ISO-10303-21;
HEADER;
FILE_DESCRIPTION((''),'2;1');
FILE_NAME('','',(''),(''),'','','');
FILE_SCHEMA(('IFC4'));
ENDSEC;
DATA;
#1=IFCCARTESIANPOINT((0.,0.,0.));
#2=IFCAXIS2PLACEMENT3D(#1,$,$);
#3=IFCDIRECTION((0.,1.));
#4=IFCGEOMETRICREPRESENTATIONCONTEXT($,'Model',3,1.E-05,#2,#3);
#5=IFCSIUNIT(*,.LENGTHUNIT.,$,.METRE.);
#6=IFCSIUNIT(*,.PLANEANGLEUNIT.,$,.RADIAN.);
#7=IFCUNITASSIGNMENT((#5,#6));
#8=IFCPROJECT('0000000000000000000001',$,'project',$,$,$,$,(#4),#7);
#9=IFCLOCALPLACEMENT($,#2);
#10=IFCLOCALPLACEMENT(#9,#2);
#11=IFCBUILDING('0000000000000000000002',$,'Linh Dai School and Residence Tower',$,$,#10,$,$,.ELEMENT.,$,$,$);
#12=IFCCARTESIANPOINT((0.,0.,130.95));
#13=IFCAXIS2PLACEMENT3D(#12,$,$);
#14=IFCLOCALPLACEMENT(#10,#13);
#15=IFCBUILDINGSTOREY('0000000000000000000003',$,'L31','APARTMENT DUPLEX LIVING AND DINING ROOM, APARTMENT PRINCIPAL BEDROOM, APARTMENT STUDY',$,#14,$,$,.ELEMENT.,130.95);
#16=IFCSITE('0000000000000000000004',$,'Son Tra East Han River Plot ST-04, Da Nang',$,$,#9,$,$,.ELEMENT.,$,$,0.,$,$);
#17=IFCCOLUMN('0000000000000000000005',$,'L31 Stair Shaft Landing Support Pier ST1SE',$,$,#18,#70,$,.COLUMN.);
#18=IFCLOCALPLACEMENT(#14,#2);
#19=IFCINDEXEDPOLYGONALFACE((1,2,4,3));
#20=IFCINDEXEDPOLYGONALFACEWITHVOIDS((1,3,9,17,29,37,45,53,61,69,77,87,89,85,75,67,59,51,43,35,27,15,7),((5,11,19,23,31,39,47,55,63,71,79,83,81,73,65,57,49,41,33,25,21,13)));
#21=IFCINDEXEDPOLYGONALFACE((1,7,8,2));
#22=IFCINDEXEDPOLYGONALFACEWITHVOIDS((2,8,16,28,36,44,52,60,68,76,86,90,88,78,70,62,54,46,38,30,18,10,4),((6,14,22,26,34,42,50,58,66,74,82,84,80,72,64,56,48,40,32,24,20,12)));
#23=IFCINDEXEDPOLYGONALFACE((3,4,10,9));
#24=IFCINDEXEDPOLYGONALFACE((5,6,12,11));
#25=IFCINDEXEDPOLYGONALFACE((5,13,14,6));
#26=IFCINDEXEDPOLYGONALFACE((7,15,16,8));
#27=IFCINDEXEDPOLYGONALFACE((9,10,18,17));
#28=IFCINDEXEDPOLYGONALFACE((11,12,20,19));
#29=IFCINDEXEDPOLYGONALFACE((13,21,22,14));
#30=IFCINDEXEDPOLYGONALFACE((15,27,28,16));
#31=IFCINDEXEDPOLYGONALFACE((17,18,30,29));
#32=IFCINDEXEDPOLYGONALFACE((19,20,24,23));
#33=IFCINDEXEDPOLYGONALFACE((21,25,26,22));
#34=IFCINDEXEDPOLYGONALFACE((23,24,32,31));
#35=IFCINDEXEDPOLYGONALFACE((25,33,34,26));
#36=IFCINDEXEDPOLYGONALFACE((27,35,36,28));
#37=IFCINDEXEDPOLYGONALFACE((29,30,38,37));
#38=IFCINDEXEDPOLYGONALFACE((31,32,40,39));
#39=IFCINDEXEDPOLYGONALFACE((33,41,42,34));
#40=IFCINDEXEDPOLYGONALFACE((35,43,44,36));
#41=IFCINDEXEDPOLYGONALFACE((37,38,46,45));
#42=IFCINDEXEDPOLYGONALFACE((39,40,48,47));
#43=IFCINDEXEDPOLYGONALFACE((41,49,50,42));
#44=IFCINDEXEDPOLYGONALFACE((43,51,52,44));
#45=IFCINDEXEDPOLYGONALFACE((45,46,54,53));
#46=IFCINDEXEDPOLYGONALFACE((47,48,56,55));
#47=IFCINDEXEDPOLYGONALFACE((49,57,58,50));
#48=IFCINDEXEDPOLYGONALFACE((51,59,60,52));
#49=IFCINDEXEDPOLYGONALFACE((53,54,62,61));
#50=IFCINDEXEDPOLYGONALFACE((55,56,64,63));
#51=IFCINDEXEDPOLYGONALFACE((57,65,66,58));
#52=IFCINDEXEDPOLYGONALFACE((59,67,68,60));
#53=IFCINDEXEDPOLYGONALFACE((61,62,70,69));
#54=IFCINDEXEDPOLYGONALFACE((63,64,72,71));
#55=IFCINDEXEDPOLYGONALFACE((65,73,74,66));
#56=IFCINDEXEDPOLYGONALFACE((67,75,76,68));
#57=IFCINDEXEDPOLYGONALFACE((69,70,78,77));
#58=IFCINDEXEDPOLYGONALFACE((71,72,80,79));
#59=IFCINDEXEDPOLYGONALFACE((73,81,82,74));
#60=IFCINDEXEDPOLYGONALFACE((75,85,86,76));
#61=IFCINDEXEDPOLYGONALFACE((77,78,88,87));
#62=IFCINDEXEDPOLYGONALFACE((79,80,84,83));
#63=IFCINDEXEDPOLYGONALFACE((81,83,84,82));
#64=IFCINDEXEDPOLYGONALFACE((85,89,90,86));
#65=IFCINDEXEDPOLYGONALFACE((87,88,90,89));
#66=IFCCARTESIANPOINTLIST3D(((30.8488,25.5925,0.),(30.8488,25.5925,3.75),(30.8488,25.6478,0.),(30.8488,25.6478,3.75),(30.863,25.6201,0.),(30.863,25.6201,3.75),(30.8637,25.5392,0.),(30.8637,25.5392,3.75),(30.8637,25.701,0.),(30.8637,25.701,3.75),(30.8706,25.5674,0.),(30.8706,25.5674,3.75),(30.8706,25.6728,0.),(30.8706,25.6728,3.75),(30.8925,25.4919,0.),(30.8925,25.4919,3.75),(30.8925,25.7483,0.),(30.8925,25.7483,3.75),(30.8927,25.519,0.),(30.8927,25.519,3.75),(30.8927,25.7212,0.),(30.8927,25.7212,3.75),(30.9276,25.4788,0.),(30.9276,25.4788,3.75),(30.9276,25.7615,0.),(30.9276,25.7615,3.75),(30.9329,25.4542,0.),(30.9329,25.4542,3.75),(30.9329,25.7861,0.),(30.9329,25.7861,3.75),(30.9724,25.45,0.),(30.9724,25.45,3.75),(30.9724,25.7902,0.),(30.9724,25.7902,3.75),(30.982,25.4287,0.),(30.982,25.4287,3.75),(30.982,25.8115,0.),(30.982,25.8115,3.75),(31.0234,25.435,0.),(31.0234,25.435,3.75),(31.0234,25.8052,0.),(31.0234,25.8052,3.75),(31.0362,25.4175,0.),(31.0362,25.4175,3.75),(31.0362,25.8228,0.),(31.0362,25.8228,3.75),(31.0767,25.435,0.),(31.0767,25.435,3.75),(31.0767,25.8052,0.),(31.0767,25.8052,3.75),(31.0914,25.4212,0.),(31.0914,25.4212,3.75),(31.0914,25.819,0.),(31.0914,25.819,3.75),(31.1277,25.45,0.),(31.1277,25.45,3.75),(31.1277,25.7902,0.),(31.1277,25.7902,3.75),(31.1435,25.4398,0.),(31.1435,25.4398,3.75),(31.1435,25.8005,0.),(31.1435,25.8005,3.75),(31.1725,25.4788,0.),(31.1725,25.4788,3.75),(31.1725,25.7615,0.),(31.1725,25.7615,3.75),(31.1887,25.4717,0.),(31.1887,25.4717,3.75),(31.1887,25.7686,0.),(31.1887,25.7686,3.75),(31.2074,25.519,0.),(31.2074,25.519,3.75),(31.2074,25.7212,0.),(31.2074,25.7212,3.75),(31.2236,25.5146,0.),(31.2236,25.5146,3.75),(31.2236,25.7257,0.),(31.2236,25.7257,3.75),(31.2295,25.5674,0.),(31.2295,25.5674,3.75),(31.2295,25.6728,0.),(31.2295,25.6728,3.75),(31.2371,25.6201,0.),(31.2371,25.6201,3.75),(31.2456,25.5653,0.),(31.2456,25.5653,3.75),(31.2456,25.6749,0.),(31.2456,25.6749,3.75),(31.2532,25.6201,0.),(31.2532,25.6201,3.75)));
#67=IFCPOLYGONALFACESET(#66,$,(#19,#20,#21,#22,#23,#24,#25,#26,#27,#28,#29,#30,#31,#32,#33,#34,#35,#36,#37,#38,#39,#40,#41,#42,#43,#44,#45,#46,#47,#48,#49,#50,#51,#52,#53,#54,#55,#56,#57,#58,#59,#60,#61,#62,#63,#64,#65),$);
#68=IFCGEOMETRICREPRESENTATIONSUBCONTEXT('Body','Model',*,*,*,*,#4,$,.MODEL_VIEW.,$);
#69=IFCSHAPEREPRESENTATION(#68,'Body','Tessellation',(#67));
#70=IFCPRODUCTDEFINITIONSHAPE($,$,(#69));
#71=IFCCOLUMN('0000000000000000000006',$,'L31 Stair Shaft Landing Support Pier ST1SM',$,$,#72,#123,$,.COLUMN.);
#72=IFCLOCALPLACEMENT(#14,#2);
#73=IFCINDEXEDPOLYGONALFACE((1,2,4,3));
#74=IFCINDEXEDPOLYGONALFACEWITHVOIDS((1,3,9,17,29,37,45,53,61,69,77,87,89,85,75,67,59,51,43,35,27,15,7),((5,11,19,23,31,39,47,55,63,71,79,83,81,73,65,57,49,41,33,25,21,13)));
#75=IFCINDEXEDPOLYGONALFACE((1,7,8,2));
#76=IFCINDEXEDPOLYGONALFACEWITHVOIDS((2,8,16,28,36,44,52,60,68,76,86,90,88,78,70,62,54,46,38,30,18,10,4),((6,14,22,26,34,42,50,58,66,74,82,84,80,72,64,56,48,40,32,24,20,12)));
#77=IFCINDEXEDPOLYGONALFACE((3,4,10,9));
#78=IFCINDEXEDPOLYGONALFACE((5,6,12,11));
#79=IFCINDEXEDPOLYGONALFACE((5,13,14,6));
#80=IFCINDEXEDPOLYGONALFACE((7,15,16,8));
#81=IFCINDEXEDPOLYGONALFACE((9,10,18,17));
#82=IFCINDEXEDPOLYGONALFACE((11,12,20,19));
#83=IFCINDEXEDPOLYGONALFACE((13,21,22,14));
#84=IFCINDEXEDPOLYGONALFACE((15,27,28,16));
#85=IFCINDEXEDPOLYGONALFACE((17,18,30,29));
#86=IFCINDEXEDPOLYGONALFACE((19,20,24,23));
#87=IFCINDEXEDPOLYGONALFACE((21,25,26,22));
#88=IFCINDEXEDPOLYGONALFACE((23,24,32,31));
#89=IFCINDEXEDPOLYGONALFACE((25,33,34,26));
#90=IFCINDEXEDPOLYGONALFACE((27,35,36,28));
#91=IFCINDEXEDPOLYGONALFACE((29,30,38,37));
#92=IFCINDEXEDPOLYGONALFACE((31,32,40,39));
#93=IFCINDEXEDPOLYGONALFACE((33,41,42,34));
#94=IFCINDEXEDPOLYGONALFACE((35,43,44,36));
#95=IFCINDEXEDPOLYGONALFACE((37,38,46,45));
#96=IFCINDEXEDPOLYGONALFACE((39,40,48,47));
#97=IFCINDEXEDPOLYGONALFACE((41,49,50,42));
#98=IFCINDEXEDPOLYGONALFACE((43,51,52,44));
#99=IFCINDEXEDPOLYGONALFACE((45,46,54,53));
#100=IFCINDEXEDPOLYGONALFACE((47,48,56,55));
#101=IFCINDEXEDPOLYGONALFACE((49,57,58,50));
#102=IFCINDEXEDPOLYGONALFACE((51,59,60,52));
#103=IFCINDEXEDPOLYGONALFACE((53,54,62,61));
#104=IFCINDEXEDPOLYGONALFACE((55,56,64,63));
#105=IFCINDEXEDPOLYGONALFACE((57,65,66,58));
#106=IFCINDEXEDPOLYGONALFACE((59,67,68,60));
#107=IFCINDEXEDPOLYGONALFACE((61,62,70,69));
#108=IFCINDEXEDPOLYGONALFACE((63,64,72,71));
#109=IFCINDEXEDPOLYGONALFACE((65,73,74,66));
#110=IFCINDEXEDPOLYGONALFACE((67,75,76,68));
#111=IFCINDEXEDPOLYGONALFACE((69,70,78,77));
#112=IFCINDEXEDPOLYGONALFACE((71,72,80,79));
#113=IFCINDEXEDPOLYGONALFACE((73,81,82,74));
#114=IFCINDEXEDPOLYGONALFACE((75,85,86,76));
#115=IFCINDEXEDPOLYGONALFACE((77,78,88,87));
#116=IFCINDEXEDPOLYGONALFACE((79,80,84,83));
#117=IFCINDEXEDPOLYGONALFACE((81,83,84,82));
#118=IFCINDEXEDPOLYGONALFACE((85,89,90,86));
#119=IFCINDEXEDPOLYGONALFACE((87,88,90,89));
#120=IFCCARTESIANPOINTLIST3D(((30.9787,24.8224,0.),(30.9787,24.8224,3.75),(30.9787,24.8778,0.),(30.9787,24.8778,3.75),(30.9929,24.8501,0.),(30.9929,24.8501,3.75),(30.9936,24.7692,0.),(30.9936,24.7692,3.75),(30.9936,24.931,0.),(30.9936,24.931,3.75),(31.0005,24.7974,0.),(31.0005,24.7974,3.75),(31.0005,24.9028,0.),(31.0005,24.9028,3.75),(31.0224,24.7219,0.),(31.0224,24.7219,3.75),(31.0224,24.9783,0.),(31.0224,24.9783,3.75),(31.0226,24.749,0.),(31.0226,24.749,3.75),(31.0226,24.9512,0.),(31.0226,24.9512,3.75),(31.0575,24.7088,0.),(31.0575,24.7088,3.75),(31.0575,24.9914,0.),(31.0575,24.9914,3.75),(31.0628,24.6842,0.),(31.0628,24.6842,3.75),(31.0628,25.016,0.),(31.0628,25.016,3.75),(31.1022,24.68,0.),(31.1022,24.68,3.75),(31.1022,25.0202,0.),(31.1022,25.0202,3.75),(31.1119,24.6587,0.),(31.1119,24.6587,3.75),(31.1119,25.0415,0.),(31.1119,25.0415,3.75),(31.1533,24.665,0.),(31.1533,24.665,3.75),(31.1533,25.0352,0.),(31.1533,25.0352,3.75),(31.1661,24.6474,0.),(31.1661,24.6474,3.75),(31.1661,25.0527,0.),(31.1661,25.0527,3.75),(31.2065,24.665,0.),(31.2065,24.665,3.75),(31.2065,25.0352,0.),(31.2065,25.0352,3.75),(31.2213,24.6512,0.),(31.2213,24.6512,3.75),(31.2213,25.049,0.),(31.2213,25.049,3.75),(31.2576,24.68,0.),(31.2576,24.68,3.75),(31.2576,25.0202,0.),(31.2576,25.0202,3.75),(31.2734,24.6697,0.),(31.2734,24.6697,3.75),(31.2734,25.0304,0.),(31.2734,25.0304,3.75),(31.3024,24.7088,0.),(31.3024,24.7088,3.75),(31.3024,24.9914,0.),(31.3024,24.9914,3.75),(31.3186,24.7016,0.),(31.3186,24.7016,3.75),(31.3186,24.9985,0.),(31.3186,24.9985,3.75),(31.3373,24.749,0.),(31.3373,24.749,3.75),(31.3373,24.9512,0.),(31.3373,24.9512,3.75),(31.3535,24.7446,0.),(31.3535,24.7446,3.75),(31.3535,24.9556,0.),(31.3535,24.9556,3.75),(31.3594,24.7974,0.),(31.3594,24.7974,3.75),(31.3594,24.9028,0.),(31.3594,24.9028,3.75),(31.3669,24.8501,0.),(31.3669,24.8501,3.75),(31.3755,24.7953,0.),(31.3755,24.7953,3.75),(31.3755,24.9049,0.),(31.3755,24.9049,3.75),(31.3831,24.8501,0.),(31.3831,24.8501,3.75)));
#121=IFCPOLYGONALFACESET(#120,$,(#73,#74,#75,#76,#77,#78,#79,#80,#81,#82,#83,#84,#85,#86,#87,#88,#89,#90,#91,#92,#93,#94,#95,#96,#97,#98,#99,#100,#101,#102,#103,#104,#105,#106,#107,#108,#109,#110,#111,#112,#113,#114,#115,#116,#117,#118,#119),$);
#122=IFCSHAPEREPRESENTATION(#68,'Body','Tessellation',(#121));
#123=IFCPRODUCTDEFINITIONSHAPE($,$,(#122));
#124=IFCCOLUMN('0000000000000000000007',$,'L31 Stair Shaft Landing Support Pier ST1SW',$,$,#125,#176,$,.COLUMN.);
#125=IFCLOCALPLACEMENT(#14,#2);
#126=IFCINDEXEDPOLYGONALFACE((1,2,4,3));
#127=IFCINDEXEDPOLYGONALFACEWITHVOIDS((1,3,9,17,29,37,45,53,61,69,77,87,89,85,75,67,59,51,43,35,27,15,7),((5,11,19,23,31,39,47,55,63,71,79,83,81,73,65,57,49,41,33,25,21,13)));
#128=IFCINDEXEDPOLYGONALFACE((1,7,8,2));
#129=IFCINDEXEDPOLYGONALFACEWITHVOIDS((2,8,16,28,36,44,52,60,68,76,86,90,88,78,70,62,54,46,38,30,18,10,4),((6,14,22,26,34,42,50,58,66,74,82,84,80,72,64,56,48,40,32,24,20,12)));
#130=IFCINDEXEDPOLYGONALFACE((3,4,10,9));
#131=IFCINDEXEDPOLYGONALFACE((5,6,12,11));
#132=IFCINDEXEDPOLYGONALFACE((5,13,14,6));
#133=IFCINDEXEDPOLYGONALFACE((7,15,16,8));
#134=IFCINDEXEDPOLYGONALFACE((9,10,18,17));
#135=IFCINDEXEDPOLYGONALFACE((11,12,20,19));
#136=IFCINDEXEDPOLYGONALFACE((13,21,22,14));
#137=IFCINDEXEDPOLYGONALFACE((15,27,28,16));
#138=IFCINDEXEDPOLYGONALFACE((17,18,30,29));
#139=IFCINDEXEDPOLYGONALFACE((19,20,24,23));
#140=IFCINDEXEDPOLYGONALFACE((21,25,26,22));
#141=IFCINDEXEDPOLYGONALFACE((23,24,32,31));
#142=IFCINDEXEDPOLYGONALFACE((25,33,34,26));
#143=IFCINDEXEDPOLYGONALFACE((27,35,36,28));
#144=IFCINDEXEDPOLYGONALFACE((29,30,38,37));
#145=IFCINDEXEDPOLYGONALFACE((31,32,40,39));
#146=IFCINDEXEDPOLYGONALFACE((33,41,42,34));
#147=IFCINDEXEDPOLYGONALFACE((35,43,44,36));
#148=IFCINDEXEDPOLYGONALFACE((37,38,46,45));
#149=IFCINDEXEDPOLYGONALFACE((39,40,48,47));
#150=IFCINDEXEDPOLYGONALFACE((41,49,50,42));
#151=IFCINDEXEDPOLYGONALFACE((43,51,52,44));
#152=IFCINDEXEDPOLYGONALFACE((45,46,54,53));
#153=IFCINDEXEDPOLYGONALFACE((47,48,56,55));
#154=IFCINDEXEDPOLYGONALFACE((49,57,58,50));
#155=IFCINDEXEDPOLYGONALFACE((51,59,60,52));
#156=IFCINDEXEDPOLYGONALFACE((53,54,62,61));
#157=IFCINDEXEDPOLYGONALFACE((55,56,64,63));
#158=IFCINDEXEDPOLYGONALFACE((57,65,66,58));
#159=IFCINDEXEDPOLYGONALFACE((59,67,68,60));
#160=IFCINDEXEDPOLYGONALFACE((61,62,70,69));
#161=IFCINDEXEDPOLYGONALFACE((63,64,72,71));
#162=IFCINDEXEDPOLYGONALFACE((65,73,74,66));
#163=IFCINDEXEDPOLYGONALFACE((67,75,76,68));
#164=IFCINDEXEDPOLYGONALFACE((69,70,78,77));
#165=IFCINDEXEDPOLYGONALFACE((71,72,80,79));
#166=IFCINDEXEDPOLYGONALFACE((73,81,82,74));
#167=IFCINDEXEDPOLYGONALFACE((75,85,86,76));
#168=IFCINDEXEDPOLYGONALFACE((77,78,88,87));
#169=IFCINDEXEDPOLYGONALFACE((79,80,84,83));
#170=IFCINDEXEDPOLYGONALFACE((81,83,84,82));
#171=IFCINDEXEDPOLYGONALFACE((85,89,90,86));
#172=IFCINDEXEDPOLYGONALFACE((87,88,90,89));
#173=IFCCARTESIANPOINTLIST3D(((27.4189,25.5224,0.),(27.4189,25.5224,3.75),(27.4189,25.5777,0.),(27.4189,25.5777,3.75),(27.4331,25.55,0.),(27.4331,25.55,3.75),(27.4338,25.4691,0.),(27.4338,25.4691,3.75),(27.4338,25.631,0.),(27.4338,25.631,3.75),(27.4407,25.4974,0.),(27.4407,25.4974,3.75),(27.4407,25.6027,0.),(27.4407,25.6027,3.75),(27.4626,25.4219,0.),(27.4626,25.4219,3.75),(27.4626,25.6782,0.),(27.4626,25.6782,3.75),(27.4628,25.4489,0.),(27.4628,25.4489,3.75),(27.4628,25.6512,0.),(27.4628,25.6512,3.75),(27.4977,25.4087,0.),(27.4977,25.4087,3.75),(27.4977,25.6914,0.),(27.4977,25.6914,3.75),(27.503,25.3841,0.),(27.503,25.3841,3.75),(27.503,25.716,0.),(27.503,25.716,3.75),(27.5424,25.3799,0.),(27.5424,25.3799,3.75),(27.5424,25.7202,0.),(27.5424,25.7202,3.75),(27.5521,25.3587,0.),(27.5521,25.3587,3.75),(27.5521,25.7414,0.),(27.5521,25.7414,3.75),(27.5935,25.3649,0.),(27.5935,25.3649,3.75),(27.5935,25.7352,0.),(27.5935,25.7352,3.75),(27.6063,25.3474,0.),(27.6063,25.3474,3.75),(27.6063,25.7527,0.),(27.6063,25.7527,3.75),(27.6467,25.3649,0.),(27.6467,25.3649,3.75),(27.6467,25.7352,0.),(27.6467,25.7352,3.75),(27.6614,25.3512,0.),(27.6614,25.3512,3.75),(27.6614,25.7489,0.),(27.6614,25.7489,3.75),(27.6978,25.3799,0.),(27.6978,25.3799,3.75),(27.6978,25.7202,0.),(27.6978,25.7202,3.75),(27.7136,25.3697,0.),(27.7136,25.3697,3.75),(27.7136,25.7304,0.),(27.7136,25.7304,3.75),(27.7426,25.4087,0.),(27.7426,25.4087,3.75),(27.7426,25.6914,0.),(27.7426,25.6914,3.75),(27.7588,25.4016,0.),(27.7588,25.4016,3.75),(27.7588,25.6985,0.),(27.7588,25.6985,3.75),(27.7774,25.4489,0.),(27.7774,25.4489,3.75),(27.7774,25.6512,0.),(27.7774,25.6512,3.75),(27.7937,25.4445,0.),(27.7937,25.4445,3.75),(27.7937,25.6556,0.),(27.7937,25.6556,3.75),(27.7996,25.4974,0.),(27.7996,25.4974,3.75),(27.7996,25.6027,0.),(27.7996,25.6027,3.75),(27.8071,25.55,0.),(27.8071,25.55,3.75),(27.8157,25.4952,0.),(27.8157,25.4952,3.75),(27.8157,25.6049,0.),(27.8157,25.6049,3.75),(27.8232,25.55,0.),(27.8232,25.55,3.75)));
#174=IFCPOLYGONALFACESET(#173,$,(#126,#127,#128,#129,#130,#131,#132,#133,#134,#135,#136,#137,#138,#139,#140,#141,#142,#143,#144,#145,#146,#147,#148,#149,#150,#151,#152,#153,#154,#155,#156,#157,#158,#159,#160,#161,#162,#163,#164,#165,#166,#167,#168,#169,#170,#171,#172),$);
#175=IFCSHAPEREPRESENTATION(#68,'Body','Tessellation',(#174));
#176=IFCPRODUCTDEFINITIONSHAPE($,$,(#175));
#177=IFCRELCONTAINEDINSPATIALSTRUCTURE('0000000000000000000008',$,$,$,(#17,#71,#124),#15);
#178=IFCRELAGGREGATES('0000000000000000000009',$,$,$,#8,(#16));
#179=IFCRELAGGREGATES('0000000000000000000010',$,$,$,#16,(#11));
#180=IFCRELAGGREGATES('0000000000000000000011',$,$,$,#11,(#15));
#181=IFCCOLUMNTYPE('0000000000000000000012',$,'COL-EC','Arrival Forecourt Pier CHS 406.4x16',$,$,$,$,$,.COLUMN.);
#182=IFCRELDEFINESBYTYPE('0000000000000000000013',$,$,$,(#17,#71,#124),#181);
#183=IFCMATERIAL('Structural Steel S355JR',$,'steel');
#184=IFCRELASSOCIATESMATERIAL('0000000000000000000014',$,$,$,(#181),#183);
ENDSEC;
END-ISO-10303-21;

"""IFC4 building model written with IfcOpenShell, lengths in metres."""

from ifc_helpers import new_model, si_unit, direction, frame, origin, origin_2d, place, context, subcontext, project, spatial, hollow_circle, extrude, material, material_profile, profile_set, type_object, element, save


model = new_model("IFC4")

# Units and contexts
model_context = context("Model", 3, precision=1e-05, world=origin(), true_north=direction((0.0, 1.0)))
body_context = subcontext(model_context, "Body", "Model", "MODEL_VIEW")
ifc_project = project(units=[si_unit("LENGTHUNIT", "METRE"), si_unit("PLANEANGLEUNIT", "RADIAN")], contexts=[model_context])

# Site, building, storey
site_placement = place(None, origin())
site = spatial("IfcSite", under=ifc_project, at=site_placement, Name="Son Tra East Han River Plot ST-04, Da Nang", CompositionType="ELEMENT", RefElevation=0.0)
building_placement = place(site_placement, origin())
building = spatial("IfcBuilding", under=site, at=building_placement, Name="Linh Dai School and Residence Tower", CompositionType="ELEMENT")
storey_placement = place(building_placement, frame((0.0, 0.0, 130.95)))
storey = spatial("IfcBuildingStorey", under=building, at=storey_placement, Name="L31", Description="APARTMENT DUPLEX LIVING AND DINING ROOM, APARTMENT PRINCIPAL BEDROOM, APARTMENT STUDY", CompositionType="ELEMENT", Elevation=130.95)

# Columns
ifc_material_1 = material(Name="Structural Steel S355JR", Category="steel")
ifc_material_profile_1 = material_profile(ifc_material_1, hollow_circle(Radius=0.2031, WallThickness=0.0161, at=origin_2d()), Name="CHS 406.4x16")
ifc_profile_set_1 = profile_set([ifc_material_profile_1], Name="Structural Steel S355JR")
column_type = type_object("IfcColumnType", Name="COL-EC", Description="Arrival Forecourt Pier CHS 406.4x16", PredefinedType="COLUMN", material=ifc_profile_set_1)
for number, where, z_axis, x_axis, name in (
    (1, (31.05, 25.6201, 0.0), (0.0, 0.0, 1.0), (1.0, 0.0, 0.0), "L31 Stair Shaft Landing Support Pier ST1SE"),
    (2, (31.1799, 24.8501, 0.0), (0.0, 0.0, 1.0), (1.0, 0.0, 0.0), "L31 Stair Shaft Landing Support Pier ST1SM"),
    (3, (27.6201, 25.55, 0.0), (0.0, 0.0, 1.0), (1.0, 0.0, 0.0), "L31 Stair Shaft Landing Support Pier ST1SW"),
):
    element("IfcColumn", number, at=place(storey_placement, frame(where, z_axis=z_axis, x_axis=x_axis)), inside=storey, type_object=column_type, Name=name, PredefinedType="COLUMN", context=body_context, shape_type="SweptSolid", body=[
        extrude(hollow_circle(Radius=0.2031, WallThickness=0.0161, at=origin_2d()), origin(), (0.0, 0.0, 1.0), 3.75),
    ])

save(model, "model.ifc")
